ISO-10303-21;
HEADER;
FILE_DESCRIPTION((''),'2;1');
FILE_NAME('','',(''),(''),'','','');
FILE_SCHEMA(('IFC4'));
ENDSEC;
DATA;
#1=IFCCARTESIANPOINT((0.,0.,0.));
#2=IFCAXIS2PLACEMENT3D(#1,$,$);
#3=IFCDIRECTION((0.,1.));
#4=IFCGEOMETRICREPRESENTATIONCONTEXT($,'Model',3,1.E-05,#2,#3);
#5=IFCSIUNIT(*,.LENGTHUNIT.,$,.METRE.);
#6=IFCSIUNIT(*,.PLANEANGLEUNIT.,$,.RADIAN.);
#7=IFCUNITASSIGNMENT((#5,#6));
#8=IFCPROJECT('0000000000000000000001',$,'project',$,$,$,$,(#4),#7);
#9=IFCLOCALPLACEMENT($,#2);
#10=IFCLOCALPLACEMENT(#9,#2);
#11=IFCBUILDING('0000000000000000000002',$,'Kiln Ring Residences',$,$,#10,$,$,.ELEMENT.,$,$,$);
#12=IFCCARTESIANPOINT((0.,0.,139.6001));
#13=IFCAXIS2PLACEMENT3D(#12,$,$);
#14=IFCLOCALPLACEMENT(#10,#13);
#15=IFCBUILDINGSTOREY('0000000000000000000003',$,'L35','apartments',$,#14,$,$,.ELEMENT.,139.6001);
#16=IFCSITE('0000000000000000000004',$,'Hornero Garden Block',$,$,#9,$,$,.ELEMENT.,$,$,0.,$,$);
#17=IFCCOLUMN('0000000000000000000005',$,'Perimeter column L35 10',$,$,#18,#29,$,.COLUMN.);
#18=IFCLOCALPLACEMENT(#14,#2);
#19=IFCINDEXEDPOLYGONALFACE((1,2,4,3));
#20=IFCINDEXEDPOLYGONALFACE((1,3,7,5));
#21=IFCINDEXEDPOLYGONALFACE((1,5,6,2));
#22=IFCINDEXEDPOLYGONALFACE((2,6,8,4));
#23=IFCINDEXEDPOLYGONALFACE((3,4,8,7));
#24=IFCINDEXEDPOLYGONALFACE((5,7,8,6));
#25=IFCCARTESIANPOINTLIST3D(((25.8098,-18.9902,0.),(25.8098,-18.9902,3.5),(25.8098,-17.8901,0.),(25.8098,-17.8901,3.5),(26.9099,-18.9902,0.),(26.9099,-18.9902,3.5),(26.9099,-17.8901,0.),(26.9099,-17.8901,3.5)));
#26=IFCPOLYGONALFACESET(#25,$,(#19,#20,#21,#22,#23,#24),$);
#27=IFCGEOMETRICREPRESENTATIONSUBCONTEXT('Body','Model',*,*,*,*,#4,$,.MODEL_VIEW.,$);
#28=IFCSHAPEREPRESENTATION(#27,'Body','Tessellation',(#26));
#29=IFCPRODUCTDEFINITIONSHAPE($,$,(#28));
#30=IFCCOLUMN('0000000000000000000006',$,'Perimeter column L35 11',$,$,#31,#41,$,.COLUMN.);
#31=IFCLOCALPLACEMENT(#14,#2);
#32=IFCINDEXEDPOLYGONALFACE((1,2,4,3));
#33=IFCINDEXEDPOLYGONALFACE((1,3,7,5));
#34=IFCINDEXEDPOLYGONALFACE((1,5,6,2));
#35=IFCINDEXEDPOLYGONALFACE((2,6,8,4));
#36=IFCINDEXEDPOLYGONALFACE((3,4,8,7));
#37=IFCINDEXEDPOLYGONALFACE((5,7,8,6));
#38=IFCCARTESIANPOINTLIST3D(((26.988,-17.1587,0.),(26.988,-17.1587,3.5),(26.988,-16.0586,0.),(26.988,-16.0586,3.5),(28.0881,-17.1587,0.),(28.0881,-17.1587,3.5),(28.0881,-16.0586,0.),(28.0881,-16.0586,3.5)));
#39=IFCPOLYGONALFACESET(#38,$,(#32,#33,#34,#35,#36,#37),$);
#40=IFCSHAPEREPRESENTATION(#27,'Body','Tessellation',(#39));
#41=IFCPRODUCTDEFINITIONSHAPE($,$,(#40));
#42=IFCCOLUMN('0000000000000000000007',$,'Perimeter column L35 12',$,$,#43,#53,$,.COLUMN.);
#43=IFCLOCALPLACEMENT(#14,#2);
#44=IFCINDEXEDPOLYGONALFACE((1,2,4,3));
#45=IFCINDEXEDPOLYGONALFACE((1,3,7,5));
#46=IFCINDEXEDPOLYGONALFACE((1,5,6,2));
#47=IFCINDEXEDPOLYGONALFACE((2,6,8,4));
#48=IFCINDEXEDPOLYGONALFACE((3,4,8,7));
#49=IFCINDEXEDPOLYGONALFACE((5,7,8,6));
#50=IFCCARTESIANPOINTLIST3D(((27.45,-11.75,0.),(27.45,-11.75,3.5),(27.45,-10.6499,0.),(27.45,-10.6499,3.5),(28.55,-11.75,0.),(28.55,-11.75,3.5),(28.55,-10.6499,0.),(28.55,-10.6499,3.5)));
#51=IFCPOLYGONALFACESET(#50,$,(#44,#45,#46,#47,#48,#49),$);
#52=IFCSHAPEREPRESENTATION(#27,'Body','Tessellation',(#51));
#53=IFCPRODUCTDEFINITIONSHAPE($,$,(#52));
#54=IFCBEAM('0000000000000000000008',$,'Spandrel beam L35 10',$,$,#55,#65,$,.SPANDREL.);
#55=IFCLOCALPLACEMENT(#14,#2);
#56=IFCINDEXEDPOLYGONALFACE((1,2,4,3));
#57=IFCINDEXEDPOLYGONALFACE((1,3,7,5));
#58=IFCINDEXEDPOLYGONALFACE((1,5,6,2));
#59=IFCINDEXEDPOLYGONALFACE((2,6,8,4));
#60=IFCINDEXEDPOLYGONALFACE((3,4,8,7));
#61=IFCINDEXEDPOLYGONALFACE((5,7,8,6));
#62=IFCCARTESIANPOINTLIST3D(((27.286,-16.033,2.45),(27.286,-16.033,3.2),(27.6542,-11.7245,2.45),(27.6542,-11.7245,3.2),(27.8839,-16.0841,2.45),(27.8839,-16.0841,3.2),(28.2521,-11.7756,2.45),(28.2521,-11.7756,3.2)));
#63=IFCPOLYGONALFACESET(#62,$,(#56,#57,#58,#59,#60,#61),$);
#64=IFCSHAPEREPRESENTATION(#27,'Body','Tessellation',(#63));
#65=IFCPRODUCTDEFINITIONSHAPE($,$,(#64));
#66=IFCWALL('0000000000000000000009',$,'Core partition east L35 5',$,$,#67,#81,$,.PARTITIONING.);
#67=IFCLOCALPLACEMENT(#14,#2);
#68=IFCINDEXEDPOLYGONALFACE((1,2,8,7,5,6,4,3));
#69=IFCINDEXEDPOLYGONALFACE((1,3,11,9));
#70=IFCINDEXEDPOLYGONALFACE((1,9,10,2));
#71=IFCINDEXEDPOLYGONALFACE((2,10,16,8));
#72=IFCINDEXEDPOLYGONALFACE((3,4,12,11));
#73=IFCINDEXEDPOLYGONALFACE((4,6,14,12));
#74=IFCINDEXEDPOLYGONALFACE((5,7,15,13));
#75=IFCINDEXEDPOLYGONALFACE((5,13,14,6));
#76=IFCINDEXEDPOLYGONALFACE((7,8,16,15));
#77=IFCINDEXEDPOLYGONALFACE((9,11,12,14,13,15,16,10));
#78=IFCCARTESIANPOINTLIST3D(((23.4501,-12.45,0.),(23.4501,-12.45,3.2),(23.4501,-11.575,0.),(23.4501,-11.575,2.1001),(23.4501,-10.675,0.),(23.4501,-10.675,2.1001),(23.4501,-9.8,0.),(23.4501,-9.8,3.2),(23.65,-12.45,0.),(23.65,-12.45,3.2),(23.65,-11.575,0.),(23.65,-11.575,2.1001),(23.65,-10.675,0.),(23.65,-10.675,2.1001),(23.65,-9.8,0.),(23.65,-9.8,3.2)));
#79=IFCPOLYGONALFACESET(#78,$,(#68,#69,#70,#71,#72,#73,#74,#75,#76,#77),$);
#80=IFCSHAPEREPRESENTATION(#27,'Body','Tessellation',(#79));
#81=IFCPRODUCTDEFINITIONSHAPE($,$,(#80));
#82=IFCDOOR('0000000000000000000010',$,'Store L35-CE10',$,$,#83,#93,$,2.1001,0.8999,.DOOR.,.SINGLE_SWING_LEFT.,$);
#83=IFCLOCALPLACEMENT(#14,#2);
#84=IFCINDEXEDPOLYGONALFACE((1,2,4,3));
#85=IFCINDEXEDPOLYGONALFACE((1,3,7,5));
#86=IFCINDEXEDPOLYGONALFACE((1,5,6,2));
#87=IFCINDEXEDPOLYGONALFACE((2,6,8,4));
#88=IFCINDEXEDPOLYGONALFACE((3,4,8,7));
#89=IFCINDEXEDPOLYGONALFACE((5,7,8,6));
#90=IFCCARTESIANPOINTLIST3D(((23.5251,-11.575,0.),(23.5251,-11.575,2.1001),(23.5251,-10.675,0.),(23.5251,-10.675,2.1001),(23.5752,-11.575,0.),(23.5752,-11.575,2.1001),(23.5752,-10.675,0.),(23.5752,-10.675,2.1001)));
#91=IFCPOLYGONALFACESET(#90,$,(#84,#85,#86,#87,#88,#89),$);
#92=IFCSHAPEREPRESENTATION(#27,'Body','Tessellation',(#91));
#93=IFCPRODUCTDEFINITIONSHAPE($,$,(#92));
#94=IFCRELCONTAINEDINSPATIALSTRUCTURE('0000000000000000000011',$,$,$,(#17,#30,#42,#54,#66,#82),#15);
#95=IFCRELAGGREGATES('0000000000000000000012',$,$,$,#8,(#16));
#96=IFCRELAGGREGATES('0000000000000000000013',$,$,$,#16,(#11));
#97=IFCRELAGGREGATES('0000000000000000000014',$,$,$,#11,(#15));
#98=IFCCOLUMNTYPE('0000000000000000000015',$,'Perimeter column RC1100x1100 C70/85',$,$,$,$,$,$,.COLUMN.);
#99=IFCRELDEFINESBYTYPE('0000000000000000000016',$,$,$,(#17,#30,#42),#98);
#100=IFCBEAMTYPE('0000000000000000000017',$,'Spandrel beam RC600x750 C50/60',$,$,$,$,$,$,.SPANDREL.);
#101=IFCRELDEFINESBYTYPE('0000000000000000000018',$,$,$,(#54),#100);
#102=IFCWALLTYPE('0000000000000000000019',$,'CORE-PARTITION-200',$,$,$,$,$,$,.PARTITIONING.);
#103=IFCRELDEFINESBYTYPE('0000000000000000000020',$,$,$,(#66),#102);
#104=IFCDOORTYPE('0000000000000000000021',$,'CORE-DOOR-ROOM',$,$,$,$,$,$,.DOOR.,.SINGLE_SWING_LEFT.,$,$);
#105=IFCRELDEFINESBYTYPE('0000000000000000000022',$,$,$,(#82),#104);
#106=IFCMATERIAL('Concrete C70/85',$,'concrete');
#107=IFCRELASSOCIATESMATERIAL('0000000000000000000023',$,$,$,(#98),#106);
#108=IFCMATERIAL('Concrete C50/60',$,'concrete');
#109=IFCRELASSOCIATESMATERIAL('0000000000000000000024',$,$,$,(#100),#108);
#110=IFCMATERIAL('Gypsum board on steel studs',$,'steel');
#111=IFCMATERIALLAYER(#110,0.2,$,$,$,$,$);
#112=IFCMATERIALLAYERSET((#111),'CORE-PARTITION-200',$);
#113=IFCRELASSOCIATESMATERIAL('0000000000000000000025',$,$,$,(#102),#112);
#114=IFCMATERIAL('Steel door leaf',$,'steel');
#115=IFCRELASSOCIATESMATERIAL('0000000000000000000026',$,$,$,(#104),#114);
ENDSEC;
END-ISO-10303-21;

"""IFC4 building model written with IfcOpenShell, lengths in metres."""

from ifc_helpers import new_model, si_unit, direction, frame, frame_2d, origin, origin_2d, place, context, subcontext, project, spatial, rectangle, extrude, material, layer, layer_set, material_profile, profile_set, type_object, element, fill, save


model = new_model("IFC4")

# Units and contexts
model_context = context("Model", 3, precision=1e-05, world=origin(), true_north=direction((0.0, 1.0)))
body_context = subcontext(model_context, "Body", "Model", "MODEL_VIEW")
ifc_project = project(units=[si_unit("LENGTHUNIT", "METRE"), si_unit("PLANEANGLEUNIT", "RADIAN")], contexts=[model_context])

# Site, building, storey
site_placement = place(None, origin())
site = spatial("IfcSite", under=ifc_project, at=site_placement, Name="Hornero Garden Block", CompositionType="ELEMENT", RefElevation=0.0)
building_placement = place(site_placement, origin())
building = spatial("IfcBuilding", under=site, at=building_placement, Name="Kiln Ring Residences", CompositionType="ELEMENT")
storey_placement = place(building_placement, frame((0.0, 0.0, 139.6001)))
storey = spatial("IfcBuildingStorey", under=building, at=storey_placement, Name="L35", Description="apartments", CompositionType="ELEMENT", Elevation=139.6001)

# Columns
ifc_material_1 = material(Name="Concrete C70/85", Category="concrete")
ifc_material_profile_1 = material_profile(ifc_material_1, rectangle(XDim=1.1001, YDim=1.1001, at=origin_2d()), Name="RC1100x1100")
ifc_profile_set_1 = profile_set([ifc_material_profile_1], Name="Concrete C70/85")
column_type = type_object("IfcColumnType", Name="Perimeter column RC1100x1100 C70/85", PredefinedType="COLUMN", material=ifc_profile_set_1)
for number, where, z_axis, x_axis, name in (
    (1, (26.3599, -18.4402, 0.0), (0.0, 0.0, 1.0), (1.0, 0.0, 0.0), "Perimeter column L35 10"),
    (2, (27.5381, -16.6086, 0.0), (0.0, 0.0, 1.0), (1.0, 0.0, 0.0), "Perimeter column L35 11"),
    (3, (28.0, -11.2, 0.0), (0.0, 0.0, 1.0), (1.0, 0.0, 0.0), "Perimeter column L35 12"),
):
    element("IfcColumn", number, at=place(storey_placement, frame(where, z_axis=z_axis, x_axis=x_axis)), inside=storey, type_object=column_type, Name=name, PredefinedType="COLUMN", context=body_context, shape_type="SweptSolid", body=[
        extrude(rectangle(XDim=1.1001, YDim=1.1001, at=origin_2d()), origin(), (0.0, 0.0, 1.0), 3.5),
    ])

# Beam
ifc_material_2 = material(Name="Concrete C50/60", Category="concrete")
ifc_material_profile_2 = material_profile(ifc_material_2, rectangle(XDim=0.6001, YDim=0.75, at=origin_2d()), Name="RC600x750")
ifc_profile_set_2 = profile_set([ifc_material_profile_2], Name="Concrete C50/60")
beam_type = type_object("IfcBeamType", Name="Spandrel beam RC600x750 C50/60", PredefinedType="SPANDREL", material=ifc_profile_set_2)
beam_placement = place(storey_placement, frame((27.585, -16.0586, 2.825), z_axis=(0.085139, 0.996369, 0.0), x_axis=(-0.996369, 0.085139, 0.0)))
element("IfcBeam", 4, at=beam_placement, inside=storey, type_object=beam_type, Name="Spandrel beam L35 10", PredefinedType="SPANDREL", context=body_context, shape_type="SweptSolid", body=[
    extrude(rectangle(XDim=0.6001, YDim=0.75, at=origin_2d()), origin(), (0.0, 0.0, 1.0), 4.3242),
])

# Wall, opening, door
ifc_material_3 = material(Name="Gypsum board on steel studs", Category="steel")
ifc_layer_1 = layer(ifc_material_3, 0.2)
ifc_layer_set_1 = layer_set([ifc_layer_1], Name="CORE-PARTITION-200")
wall_type_1 = type_object("IfcWallType", Name="CORE-PARTITION-200", PredefinedType="PARTITIONING", material=ifc_layer_set_1)
wall_1_placement = place(storey_placement, frame((23.55, -12.45, 0.0), z_axis=(0.0, 0.0, 1.0), x_axis=(0.0, 1.0, 0.0)))
wall_1 = element("IfcWall", 5, at=wall_1_placement, inside=storey, type_object=wall_type_1, Name="Core partition east L35 5", PredefinedType="PARTITIONING", context=body_context, shape_type="SweptSolid", body=[
    extrude(rectangle(XDim=2.6499, YDim=0.2, at=frame_2d((1.325, 0.0))), origin(), (0.0, 0.0, 1.0), 3.2),
])
opening_1_placement = place(wall_1_placement, frame((0.875, 0.0, 0.0)))
opening_1 = element("IfcOpeningElement", 6, at=opening_1_placement, cuts=wall_1, PredefinedType="OPENING", context=body_context, shape_type="SweptSolid", body=[
    extrude(rectangle(XDim=0.8999, YDim=2.1001, at=frame_2d((0.45, 1.05))), frame((0.0, 0.1099, 0.0), z_axis=(0.0, -1.0, 0.0), x_axis=(1.0, 0.0, 0.0)), (0.0, 0.0, 1.0), 0.22),
])
ifc_material_4 = material(Name="Steel door leaf", Category="steel")
door_type_1 = type_object("IfcDoorType", Name="CORE-DOOR-ROOM", OperationType="SINGLE_SWING_LEFT", PredefinedType="DOOR", material=ifc_material_4)
door_1_placement = place(opening_1_placement, origin())
door_1 = element("IfcDoor", 7, at=door_1_placement, inside=storey, type_object=door_type_1, Name="Store L35-CE10", OperationType="SINGLE_SWING_LEFT", OverallHeight=2.1001, OverallWidth=0.8999, PredefinedType="DOOR", context=body_context, shape_type="SweptSolid", body=[
    extrude(rectangle(XDim=0.8999, YDim=2.1001, at=frame_2d((0.45, 1.05))), frame((0.0, 0.0249, 0.0), z_axis=(0.0, -1.0, 0.0), x_axis=(1.0, 0.0, 0.0)), (0.0, 0.0, 1.0), 0.05),
])
fill(opening_1, door_1)

save(model, "model.ifc")
